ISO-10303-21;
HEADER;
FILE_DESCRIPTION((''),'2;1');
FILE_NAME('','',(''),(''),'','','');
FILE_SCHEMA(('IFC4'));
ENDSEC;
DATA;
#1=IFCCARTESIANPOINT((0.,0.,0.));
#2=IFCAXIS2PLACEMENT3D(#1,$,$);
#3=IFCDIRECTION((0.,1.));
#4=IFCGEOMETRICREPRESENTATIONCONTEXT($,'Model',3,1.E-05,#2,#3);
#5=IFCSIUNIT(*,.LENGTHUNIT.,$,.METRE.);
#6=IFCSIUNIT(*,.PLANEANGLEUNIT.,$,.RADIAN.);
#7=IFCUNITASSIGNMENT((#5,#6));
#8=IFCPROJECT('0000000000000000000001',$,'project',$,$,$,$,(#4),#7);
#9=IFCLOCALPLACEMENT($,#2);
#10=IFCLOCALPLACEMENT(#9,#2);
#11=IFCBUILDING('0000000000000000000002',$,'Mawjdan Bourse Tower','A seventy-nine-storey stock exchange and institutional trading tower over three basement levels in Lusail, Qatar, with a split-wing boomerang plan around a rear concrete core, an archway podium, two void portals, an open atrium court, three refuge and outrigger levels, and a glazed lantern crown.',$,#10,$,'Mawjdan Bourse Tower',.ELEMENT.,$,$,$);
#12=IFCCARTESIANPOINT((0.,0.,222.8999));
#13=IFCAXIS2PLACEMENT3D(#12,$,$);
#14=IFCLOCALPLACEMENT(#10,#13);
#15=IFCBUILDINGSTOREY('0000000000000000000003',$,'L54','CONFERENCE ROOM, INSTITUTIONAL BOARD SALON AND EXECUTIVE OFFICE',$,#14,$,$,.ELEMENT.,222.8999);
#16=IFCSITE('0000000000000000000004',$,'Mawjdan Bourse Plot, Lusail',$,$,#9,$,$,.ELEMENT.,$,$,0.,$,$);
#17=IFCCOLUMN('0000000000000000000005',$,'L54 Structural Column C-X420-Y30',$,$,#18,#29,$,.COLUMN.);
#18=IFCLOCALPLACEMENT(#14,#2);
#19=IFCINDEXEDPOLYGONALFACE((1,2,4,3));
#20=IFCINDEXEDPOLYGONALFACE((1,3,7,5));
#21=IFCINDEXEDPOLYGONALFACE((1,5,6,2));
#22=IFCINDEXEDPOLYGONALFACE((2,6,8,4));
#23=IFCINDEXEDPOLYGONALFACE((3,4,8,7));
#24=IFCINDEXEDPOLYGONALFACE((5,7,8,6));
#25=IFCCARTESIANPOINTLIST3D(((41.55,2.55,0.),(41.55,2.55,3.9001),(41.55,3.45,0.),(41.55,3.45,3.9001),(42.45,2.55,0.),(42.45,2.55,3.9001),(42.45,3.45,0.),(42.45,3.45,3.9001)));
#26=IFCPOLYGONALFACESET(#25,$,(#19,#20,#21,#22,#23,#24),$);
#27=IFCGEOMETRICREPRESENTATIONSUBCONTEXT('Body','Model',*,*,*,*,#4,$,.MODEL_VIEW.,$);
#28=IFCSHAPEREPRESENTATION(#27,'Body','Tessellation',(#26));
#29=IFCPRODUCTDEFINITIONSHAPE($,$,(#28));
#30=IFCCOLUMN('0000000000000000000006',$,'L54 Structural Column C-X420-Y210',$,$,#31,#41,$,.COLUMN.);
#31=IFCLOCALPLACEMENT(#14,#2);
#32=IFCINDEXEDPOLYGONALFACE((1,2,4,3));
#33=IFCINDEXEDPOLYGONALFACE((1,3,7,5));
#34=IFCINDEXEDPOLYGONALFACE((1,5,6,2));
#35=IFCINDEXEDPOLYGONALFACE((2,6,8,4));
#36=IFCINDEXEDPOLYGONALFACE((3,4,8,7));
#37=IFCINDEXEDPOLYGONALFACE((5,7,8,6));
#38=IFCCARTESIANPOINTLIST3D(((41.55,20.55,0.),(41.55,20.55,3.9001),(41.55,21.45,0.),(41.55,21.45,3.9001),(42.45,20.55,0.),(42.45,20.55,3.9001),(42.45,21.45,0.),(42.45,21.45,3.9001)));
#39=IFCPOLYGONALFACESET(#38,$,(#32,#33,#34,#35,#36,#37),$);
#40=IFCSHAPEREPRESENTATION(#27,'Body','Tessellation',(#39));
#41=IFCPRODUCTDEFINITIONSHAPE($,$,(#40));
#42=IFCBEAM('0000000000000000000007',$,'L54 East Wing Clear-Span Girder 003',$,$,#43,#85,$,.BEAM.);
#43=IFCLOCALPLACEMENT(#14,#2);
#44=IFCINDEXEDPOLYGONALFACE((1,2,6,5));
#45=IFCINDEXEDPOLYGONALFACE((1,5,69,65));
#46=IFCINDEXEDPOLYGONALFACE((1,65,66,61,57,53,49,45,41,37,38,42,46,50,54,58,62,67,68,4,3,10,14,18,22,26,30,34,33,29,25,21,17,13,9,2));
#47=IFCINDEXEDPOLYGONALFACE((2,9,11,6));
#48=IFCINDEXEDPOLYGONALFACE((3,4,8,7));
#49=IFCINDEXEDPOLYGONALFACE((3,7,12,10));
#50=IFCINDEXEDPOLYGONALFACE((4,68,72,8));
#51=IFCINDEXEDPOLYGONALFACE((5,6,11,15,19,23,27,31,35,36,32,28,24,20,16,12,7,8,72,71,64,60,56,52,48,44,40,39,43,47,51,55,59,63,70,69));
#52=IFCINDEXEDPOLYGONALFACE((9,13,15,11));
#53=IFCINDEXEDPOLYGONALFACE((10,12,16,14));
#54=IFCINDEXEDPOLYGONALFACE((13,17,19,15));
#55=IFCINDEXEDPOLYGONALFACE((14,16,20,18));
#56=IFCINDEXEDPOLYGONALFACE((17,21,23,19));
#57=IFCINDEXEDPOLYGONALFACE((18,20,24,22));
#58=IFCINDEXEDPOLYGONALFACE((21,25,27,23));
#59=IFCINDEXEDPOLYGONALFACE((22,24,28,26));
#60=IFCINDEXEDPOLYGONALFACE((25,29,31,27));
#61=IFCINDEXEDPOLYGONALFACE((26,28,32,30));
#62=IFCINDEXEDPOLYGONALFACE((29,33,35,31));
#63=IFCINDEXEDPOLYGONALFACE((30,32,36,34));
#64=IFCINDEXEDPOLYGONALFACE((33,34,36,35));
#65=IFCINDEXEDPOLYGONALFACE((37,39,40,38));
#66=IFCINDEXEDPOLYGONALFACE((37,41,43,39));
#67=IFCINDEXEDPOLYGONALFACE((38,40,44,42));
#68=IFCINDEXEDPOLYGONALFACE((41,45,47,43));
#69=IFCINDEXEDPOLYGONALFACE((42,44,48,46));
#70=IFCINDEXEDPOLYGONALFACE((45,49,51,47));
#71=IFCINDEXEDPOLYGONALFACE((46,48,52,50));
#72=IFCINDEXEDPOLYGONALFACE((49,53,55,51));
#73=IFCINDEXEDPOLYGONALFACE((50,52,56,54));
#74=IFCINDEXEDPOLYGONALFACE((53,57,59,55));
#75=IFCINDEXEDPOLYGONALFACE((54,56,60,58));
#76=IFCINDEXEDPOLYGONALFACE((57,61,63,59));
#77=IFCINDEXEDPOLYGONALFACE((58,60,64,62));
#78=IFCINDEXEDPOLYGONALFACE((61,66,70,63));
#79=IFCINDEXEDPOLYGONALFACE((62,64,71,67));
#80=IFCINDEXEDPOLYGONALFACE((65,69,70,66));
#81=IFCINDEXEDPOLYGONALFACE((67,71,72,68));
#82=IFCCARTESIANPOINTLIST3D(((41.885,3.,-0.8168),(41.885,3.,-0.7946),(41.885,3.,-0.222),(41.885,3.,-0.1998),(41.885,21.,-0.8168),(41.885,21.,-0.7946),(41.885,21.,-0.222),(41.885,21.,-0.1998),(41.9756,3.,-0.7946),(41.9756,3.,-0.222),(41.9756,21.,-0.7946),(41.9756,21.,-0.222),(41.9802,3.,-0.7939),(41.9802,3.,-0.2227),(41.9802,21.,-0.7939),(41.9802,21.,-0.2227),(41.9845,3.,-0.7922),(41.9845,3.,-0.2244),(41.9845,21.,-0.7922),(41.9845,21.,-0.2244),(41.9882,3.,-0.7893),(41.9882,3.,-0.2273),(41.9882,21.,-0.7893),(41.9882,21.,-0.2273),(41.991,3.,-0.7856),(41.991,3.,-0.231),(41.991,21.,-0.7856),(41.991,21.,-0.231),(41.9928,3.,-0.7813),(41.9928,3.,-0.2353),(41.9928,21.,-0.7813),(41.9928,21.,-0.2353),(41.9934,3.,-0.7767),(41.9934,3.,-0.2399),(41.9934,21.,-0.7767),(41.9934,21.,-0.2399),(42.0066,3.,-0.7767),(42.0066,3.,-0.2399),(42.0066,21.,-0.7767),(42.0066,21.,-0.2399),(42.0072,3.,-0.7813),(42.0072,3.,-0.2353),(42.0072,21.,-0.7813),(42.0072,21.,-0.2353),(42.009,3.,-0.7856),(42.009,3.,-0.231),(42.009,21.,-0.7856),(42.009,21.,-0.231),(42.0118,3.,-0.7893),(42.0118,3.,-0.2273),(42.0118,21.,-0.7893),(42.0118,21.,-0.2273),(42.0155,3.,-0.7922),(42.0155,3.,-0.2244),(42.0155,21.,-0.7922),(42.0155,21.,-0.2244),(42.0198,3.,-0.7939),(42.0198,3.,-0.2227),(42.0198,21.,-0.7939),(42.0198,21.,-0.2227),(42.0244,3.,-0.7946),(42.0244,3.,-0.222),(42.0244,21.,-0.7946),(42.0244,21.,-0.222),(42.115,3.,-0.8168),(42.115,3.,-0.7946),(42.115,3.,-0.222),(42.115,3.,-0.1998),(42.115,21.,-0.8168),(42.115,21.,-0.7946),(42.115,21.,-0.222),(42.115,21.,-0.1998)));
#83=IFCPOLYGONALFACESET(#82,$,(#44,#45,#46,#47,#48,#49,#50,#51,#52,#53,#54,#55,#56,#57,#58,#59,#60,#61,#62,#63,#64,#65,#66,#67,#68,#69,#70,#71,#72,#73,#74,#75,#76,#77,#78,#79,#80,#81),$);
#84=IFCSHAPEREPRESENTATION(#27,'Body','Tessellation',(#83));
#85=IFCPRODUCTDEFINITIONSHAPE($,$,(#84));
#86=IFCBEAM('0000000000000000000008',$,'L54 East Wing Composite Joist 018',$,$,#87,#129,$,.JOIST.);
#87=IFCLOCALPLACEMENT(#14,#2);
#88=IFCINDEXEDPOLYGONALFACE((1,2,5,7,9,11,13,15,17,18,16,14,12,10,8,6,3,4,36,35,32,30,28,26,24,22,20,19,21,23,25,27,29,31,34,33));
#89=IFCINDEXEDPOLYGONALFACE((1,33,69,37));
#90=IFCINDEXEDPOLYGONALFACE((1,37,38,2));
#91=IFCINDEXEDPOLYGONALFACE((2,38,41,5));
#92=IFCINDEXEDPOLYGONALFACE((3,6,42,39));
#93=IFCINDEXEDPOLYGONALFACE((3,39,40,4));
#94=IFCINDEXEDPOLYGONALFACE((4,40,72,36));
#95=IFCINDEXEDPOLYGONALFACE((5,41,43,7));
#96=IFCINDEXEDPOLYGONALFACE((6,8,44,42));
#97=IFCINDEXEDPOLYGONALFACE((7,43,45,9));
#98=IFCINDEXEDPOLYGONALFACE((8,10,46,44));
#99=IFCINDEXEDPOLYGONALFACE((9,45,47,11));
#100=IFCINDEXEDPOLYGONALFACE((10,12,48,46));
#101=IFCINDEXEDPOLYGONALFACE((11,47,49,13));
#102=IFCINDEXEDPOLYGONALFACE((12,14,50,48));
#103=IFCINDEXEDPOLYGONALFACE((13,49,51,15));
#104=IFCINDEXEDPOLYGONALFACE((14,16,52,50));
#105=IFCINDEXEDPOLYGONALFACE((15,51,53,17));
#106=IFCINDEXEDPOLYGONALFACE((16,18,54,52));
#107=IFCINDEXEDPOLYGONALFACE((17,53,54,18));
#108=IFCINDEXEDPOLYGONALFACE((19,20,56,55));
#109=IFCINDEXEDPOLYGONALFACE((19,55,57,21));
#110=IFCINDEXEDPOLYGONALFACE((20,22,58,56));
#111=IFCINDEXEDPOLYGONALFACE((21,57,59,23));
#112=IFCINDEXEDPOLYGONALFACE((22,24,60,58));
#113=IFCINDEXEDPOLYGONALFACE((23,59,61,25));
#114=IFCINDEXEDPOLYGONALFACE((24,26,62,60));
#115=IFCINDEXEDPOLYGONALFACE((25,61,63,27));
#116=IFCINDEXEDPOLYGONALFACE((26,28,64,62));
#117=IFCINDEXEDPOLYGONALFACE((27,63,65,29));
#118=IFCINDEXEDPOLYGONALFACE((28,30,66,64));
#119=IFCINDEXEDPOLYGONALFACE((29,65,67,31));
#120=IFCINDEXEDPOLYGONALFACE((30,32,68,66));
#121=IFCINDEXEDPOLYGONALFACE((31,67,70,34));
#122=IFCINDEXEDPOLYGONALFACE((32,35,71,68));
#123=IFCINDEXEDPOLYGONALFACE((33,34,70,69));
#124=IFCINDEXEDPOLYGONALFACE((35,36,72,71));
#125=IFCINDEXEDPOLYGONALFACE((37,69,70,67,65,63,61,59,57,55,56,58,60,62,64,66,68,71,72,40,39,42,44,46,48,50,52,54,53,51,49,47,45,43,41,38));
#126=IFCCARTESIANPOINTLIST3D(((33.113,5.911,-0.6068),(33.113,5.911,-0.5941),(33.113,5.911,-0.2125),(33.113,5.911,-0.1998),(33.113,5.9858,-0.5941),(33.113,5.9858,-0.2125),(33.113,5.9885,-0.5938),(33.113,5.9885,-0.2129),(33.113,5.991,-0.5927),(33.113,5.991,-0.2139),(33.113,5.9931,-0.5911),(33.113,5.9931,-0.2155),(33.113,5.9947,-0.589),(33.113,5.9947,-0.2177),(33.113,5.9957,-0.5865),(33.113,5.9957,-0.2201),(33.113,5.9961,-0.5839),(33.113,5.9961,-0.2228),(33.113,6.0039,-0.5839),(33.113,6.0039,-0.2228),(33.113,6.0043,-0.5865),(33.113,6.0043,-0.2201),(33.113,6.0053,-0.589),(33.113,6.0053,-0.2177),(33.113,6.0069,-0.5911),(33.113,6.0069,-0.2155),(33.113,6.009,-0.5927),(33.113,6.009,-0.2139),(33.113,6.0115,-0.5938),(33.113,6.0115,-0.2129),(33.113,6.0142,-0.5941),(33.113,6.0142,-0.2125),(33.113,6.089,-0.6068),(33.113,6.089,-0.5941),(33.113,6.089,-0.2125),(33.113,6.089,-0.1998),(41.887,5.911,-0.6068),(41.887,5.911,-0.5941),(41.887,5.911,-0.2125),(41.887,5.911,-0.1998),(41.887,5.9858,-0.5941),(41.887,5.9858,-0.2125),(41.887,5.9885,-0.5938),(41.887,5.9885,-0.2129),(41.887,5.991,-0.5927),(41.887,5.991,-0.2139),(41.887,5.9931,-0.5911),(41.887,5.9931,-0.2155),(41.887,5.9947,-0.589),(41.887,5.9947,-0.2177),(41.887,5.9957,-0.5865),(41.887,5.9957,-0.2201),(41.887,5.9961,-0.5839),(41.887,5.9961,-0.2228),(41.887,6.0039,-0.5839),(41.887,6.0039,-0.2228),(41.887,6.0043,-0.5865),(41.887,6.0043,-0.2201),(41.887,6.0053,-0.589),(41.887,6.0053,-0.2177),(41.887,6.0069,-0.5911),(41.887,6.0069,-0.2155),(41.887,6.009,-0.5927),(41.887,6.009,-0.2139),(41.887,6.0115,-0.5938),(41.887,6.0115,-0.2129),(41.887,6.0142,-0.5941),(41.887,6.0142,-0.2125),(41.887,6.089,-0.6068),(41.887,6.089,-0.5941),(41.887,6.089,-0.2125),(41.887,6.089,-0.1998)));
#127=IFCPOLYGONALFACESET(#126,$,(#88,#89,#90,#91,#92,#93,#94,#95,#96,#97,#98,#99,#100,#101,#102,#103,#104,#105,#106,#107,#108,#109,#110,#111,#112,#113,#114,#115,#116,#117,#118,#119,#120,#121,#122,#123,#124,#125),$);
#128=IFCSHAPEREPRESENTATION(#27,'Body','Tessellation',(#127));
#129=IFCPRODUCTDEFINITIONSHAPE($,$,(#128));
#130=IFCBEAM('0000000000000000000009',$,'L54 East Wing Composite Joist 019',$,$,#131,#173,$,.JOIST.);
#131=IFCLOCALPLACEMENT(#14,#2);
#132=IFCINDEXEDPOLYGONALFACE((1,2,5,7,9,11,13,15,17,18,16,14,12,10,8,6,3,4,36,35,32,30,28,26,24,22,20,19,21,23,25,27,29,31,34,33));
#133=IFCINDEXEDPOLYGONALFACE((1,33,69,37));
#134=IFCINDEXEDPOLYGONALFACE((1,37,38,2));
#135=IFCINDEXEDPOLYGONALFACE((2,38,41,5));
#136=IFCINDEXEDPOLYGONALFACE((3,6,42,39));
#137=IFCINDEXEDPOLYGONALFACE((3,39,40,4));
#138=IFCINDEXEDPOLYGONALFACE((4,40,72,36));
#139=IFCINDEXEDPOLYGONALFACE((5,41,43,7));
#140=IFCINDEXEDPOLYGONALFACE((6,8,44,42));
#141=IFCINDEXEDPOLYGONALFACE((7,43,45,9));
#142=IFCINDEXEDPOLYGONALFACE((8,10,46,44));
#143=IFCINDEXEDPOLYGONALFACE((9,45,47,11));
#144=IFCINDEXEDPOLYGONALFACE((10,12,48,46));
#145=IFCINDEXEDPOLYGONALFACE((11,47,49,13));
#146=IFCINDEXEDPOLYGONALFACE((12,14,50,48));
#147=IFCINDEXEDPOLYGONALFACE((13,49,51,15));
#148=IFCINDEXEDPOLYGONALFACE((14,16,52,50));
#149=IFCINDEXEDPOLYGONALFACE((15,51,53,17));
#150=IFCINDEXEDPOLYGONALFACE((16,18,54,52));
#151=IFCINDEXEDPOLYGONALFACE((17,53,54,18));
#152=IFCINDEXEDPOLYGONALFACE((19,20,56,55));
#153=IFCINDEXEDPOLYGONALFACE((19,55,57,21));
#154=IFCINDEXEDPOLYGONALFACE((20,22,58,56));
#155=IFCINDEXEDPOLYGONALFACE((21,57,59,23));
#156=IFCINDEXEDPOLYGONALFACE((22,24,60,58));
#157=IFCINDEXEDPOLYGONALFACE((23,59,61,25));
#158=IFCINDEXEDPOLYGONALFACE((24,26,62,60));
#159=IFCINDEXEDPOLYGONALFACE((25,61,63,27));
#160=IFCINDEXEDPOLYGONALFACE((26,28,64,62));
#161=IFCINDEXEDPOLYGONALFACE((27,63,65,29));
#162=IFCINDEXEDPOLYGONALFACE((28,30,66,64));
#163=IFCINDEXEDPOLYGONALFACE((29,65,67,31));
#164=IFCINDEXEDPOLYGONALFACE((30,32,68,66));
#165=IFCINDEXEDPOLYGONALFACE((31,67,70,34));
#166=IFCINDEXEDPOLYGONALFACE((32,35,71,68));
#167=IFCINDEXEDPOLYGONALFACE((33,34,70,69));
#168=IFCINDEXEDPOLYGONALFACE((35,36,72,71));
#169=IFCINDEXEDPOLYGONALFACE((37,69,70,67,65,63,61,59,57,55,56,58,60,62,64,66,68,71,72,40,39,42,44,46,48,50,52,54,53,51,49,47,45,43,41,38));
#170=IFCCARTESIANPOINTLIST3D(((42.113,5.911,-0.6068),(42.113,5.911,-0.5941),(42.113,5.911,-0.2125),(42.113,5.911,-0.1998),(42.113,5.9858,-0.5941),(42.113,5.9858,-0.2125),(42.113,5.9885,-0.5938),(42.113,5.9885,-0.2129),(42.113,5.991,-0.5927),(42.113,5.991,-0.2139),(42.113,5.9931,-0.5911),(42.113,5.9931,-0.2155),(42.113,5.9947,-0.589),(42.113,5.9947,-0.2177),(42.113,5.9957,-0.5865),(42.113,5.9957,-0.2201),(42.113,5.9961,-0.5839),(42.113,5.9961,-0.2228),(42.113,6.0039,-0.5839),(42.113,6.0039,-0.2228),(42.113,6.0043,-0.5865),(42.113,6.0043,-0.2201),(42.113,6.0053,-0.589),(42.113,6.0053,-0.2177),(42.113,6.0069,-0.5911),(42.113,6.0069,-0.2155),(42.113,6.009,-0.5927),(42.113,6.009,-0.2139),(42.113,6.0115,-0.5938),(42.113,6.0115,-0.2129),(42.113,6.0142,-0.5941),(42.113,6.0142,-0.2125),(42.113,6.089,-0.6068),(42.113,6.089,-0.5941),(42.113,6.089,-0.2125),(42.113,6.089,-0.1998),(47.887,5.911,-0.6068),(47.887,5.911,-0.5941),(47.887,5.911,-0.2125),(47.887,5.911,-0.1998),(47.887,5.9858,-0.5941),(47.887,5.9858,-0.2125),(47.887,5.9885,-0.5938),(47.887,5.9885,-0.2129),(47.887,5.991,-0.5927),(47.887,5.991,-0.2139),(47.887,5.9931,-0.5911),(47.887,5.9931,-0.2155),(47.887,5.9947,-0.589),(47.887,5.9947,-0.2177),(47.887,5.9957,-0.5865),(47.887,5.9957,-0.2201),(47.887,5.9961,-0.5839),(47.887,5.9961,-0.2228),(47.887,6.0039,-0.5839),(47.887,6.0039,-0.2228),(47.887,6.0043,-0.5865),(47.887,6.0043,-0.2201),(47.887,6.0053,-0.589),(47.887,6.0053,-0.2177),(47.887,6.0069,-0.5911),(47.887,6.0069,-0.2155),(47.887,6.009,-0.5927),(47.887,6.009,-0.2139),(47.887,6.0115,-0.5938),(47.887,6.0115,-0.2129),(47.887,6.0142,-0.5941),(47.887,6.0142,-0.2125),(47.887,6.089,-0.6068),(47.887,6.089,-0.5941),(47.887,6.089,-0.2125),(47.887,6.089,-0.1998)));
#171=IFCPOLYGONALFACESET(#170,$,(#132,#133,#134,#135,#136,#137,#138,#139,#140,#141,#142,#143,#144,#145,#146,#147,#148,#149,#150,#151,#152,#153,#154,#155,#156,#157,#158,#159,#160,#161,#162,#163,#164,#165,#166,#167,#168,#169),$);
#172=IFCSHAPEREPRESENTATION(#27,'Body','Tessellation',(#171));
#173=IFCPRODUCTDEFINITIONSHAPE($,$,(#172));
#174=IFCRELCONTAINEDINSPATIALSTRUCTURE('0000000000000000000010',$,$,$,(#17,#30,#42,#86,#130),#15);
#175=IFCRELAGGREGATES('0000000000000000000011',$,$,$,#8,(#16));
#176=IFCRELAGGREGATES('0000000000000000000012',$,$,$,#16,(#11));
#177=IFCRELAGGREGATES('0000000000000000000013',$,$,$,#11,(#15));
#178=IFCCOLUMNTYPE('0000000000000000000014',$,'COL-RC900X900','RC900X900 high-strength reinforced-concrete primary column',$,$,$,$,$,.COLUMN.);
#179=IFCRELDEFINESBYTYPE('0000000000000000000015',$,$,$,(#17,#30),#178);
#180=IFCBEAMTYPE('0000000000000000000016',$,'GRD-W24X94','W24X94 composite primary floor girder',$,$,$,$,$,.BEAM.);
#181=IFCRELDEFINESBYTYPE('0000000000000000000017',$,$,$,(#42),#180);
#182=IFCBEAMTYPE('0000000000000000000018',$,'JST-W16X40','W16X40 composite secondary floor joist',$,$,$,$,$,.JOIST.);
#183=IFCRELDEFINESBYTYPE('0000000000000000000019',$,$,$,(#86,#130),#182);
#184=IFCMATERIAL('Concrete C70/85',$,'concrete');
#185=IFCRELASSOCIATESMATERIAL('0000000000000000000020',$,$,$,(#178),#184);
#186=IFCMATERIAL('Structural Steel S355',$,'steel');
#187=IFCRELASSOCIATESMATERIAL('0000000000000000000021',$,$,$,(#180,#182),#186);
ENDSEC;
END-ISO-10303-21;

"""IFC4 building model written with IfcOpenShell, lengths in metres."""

from ifc_helpers import new_model, si_unit, direction, frame, origin, origin_2d, place, context, subcontext, project, spatial, rectangle, i_section, extrude, material, material_profile, profile_set, type_object, element, save


model = new_model("IFC4")

# Units and contexts
model_context = context("Model", 3, precision=1e-05, world=origin(), true_north=direction((0.0, 1.0)))
body_context = subcontext(model_context, "Body", "Model", "MODEL_VIEW")
ifc_project = project(units=[si_unit("LENGTHUNIT", "METRE"), si_unit("PLANEANGLEUNIT", "RADIAN")], contexts=[model_context])

# Site, building, storey
site_placement = place(None, origin())
site = spatial("IfcSite", under=ifc_project, at=site_placement, Name="Mawjdan Bourse Plot, Lusail", CompositionType="ELEMENT", RefElevation=0.0)
building_placement = place(site_placement, origin())
building = spatial("IfcBuilding", under=site, at=building_placement, Name="Mawjdan Bourse Tower", Description="A seventy-nine-storey stock exchange and institutional trading tower over three basement levels in Lusail, Qatar, with a split-wing boomerang plan around a rear concrete core, an archway podium, two void portals, an open atrium court, three refuge and outrigger levels, and a glazed lantern crown.", LongName="Mawjdan Bourse Tower", CompositionType="ELEMENT")
storey_placement = place(building_placement, frame((0.0, 0.0, 222.8999)))
storey = spatial("IfcBuildingStorey", under=building, at=storey_placement, Name="L54", Description="CONFERENCE ROOM, INSTITUTIONAL BOARD SALON AND EXECUTIVE OFFICE", CompositionType="ELEMENT", Elevation=222.8999)

# Columns
ifc_material_1 = material(Name="Concrete C70/85", Category="concrete")
ifc_material_profile_1 = material_profile(ifc_material_1, rectangle(XDim=0.8999, YDim=0.8999, at=origin_2d()), Name="RC900X900")
ifc_profile_set_1 = profile_set([ifc_material_profile_1], Name="Concrete C70/85")
column_type = type_object("IfcColumnType", Name="COL-RC900X900", Description="RC900X900 high-strength reinforced-concrete primary column", PredefinedType="COLUMN", material=ifc_profile_set_1)
for number, where, z_axis, x_axis, name in (
    (1, (42.0, 3.0, 0.0), (0.0, 0.0, 1.0), (1.0, 0.0, 0.0), "L54 Structural Column C-X420-Y30"),
    (2, (42.0, 21.0, 0.0), (0.0, 0.0, 1.0), (1.0, 0.0, 0.0), "L54 Structural Column C-X420-Y210"),
):
    element("IfcColumn", number, at=place(storey_placement, frame(where, z_axis=z_axis, x_axis=x_axis)), inside=storey, type_object=column_type, Name=name, PredefinedType="COLUMN", context=body_context, shape_type="SweptSolid", body=[
        extrude(rectangle(XDim=0.8999, YDim=0.8999, at=origin_2d()), origin(), (0.0, 0.0, 1.0), 3.9001),
    ])

# Beams
ifc_material_2 = material(Name="Structural Steel S355", Category="steel")
ifc_material_profile_2 = material_profile(ifc_material_2, i_section(OverallWidth=0.23, OverallDepth=0.6169, WebThickness=0.0132, FlangeThickness=0.0222, FilletRadius=0.0178, at=origin_2d()), Name="W24X94")
ifc_profile_set_2 = profile_set([ifc_material_profile_2], Name="Structural Steel S355")
beam_type_1 = type_object("IfcBeamType", Name="GRD-W24X94", Description="W24X94 composite primary floor girder", PredefinedType="BEAM", material=ifc_profile_set_2)
beam_1_placement = place(storey_placement, frame((42.0, 3.0, -0.5083), z_axis=(0.0, 1.0, 0.0), x_axis=(-1.0, 0.0, 0.0)))
element("IfcBeam", 3, at=beam_1_placement, inside=storey, type_object=beam_type_1, Name="L54 East Wing Clear-Span Girder 003", PredefinedType="BEAM", context=body_context, shape_type="SweptSolid", body=[
    extrude(i_section(OverallWidth=0.23, OverallDepth=0.6169, WebThickness=0.0132, FlangeThickness=0.0222, FilletRadius=0.0178, at=origin_2d()), origin(), (0.0, 0.0, 1.0), 18.0),
])
ifc_material_profile_3 = material_profile(ifc_material_2, i_section(OverallWidth=0.178, OverallDepth=0.407, WebThickness=0.0078, FlangeThickness=0.0127, FilletRadius=0.0103, at=origin_2d()), Name="W16X40")
ifc_profile_set_3 = profile_set([ifc_material_profile_3], Name="Structural Steel S355")
beam_type_2 = type_object("IfcBeamType", Name="JST-W16X40", Description="W16X40 composite secondary floor joist", PredefinedType="JOIST", material=ifc_profile_set_3)
beam_2_placement = place(storey_placement, frame((33.113, 6.0, -0.4033), z_axis=(1.0, 0.0, 0.0), x_axis=(0.0, 1.0, 0.0)))
element("IfcBeam", 4, at=beam_2_placement, inside=storey, type_object=beam_type_2, Name="L54 East Wing Composite Joist 018", PredefinedType="JOIST", context=body_context, shape_type="SweptSolid", body=[
    extrude(i_section(OverallWidth=0.178, OverallDepth=0.407, WebThickness=0.0078, FlangeThickness=0.0127, FilletRadius=0.0103, at=origin_2d()), origin(), (0.0, 0.0, 1.0), 8.7739),
])
beam_3_placement = place(storey_placement, frame((42.113, 6.0, -0.4033), z_axis=(1.0, 0.0, 0.0), x_axis=(0.0, 1.0, 0.0)))
element("IfcBeam", 5, at=beam_3_placement, inside=storey, type_object=beam_type_2, Name="L54 East Wing Composite Joist 019", PredefinedType="JOIST", context=body_context, shape_type="SweptSolid", body=[
    extrude(i_section(OverallWidth=0.178, OverallDepth=0.407, WebThickness=0.0078, FlangeThickness=0.0127, FilletRadius=0.0103, at=origin_2d()), origin(), (0.0, 0.0, 1.0), 5.7739),
])

save(model, "model.ifc")
